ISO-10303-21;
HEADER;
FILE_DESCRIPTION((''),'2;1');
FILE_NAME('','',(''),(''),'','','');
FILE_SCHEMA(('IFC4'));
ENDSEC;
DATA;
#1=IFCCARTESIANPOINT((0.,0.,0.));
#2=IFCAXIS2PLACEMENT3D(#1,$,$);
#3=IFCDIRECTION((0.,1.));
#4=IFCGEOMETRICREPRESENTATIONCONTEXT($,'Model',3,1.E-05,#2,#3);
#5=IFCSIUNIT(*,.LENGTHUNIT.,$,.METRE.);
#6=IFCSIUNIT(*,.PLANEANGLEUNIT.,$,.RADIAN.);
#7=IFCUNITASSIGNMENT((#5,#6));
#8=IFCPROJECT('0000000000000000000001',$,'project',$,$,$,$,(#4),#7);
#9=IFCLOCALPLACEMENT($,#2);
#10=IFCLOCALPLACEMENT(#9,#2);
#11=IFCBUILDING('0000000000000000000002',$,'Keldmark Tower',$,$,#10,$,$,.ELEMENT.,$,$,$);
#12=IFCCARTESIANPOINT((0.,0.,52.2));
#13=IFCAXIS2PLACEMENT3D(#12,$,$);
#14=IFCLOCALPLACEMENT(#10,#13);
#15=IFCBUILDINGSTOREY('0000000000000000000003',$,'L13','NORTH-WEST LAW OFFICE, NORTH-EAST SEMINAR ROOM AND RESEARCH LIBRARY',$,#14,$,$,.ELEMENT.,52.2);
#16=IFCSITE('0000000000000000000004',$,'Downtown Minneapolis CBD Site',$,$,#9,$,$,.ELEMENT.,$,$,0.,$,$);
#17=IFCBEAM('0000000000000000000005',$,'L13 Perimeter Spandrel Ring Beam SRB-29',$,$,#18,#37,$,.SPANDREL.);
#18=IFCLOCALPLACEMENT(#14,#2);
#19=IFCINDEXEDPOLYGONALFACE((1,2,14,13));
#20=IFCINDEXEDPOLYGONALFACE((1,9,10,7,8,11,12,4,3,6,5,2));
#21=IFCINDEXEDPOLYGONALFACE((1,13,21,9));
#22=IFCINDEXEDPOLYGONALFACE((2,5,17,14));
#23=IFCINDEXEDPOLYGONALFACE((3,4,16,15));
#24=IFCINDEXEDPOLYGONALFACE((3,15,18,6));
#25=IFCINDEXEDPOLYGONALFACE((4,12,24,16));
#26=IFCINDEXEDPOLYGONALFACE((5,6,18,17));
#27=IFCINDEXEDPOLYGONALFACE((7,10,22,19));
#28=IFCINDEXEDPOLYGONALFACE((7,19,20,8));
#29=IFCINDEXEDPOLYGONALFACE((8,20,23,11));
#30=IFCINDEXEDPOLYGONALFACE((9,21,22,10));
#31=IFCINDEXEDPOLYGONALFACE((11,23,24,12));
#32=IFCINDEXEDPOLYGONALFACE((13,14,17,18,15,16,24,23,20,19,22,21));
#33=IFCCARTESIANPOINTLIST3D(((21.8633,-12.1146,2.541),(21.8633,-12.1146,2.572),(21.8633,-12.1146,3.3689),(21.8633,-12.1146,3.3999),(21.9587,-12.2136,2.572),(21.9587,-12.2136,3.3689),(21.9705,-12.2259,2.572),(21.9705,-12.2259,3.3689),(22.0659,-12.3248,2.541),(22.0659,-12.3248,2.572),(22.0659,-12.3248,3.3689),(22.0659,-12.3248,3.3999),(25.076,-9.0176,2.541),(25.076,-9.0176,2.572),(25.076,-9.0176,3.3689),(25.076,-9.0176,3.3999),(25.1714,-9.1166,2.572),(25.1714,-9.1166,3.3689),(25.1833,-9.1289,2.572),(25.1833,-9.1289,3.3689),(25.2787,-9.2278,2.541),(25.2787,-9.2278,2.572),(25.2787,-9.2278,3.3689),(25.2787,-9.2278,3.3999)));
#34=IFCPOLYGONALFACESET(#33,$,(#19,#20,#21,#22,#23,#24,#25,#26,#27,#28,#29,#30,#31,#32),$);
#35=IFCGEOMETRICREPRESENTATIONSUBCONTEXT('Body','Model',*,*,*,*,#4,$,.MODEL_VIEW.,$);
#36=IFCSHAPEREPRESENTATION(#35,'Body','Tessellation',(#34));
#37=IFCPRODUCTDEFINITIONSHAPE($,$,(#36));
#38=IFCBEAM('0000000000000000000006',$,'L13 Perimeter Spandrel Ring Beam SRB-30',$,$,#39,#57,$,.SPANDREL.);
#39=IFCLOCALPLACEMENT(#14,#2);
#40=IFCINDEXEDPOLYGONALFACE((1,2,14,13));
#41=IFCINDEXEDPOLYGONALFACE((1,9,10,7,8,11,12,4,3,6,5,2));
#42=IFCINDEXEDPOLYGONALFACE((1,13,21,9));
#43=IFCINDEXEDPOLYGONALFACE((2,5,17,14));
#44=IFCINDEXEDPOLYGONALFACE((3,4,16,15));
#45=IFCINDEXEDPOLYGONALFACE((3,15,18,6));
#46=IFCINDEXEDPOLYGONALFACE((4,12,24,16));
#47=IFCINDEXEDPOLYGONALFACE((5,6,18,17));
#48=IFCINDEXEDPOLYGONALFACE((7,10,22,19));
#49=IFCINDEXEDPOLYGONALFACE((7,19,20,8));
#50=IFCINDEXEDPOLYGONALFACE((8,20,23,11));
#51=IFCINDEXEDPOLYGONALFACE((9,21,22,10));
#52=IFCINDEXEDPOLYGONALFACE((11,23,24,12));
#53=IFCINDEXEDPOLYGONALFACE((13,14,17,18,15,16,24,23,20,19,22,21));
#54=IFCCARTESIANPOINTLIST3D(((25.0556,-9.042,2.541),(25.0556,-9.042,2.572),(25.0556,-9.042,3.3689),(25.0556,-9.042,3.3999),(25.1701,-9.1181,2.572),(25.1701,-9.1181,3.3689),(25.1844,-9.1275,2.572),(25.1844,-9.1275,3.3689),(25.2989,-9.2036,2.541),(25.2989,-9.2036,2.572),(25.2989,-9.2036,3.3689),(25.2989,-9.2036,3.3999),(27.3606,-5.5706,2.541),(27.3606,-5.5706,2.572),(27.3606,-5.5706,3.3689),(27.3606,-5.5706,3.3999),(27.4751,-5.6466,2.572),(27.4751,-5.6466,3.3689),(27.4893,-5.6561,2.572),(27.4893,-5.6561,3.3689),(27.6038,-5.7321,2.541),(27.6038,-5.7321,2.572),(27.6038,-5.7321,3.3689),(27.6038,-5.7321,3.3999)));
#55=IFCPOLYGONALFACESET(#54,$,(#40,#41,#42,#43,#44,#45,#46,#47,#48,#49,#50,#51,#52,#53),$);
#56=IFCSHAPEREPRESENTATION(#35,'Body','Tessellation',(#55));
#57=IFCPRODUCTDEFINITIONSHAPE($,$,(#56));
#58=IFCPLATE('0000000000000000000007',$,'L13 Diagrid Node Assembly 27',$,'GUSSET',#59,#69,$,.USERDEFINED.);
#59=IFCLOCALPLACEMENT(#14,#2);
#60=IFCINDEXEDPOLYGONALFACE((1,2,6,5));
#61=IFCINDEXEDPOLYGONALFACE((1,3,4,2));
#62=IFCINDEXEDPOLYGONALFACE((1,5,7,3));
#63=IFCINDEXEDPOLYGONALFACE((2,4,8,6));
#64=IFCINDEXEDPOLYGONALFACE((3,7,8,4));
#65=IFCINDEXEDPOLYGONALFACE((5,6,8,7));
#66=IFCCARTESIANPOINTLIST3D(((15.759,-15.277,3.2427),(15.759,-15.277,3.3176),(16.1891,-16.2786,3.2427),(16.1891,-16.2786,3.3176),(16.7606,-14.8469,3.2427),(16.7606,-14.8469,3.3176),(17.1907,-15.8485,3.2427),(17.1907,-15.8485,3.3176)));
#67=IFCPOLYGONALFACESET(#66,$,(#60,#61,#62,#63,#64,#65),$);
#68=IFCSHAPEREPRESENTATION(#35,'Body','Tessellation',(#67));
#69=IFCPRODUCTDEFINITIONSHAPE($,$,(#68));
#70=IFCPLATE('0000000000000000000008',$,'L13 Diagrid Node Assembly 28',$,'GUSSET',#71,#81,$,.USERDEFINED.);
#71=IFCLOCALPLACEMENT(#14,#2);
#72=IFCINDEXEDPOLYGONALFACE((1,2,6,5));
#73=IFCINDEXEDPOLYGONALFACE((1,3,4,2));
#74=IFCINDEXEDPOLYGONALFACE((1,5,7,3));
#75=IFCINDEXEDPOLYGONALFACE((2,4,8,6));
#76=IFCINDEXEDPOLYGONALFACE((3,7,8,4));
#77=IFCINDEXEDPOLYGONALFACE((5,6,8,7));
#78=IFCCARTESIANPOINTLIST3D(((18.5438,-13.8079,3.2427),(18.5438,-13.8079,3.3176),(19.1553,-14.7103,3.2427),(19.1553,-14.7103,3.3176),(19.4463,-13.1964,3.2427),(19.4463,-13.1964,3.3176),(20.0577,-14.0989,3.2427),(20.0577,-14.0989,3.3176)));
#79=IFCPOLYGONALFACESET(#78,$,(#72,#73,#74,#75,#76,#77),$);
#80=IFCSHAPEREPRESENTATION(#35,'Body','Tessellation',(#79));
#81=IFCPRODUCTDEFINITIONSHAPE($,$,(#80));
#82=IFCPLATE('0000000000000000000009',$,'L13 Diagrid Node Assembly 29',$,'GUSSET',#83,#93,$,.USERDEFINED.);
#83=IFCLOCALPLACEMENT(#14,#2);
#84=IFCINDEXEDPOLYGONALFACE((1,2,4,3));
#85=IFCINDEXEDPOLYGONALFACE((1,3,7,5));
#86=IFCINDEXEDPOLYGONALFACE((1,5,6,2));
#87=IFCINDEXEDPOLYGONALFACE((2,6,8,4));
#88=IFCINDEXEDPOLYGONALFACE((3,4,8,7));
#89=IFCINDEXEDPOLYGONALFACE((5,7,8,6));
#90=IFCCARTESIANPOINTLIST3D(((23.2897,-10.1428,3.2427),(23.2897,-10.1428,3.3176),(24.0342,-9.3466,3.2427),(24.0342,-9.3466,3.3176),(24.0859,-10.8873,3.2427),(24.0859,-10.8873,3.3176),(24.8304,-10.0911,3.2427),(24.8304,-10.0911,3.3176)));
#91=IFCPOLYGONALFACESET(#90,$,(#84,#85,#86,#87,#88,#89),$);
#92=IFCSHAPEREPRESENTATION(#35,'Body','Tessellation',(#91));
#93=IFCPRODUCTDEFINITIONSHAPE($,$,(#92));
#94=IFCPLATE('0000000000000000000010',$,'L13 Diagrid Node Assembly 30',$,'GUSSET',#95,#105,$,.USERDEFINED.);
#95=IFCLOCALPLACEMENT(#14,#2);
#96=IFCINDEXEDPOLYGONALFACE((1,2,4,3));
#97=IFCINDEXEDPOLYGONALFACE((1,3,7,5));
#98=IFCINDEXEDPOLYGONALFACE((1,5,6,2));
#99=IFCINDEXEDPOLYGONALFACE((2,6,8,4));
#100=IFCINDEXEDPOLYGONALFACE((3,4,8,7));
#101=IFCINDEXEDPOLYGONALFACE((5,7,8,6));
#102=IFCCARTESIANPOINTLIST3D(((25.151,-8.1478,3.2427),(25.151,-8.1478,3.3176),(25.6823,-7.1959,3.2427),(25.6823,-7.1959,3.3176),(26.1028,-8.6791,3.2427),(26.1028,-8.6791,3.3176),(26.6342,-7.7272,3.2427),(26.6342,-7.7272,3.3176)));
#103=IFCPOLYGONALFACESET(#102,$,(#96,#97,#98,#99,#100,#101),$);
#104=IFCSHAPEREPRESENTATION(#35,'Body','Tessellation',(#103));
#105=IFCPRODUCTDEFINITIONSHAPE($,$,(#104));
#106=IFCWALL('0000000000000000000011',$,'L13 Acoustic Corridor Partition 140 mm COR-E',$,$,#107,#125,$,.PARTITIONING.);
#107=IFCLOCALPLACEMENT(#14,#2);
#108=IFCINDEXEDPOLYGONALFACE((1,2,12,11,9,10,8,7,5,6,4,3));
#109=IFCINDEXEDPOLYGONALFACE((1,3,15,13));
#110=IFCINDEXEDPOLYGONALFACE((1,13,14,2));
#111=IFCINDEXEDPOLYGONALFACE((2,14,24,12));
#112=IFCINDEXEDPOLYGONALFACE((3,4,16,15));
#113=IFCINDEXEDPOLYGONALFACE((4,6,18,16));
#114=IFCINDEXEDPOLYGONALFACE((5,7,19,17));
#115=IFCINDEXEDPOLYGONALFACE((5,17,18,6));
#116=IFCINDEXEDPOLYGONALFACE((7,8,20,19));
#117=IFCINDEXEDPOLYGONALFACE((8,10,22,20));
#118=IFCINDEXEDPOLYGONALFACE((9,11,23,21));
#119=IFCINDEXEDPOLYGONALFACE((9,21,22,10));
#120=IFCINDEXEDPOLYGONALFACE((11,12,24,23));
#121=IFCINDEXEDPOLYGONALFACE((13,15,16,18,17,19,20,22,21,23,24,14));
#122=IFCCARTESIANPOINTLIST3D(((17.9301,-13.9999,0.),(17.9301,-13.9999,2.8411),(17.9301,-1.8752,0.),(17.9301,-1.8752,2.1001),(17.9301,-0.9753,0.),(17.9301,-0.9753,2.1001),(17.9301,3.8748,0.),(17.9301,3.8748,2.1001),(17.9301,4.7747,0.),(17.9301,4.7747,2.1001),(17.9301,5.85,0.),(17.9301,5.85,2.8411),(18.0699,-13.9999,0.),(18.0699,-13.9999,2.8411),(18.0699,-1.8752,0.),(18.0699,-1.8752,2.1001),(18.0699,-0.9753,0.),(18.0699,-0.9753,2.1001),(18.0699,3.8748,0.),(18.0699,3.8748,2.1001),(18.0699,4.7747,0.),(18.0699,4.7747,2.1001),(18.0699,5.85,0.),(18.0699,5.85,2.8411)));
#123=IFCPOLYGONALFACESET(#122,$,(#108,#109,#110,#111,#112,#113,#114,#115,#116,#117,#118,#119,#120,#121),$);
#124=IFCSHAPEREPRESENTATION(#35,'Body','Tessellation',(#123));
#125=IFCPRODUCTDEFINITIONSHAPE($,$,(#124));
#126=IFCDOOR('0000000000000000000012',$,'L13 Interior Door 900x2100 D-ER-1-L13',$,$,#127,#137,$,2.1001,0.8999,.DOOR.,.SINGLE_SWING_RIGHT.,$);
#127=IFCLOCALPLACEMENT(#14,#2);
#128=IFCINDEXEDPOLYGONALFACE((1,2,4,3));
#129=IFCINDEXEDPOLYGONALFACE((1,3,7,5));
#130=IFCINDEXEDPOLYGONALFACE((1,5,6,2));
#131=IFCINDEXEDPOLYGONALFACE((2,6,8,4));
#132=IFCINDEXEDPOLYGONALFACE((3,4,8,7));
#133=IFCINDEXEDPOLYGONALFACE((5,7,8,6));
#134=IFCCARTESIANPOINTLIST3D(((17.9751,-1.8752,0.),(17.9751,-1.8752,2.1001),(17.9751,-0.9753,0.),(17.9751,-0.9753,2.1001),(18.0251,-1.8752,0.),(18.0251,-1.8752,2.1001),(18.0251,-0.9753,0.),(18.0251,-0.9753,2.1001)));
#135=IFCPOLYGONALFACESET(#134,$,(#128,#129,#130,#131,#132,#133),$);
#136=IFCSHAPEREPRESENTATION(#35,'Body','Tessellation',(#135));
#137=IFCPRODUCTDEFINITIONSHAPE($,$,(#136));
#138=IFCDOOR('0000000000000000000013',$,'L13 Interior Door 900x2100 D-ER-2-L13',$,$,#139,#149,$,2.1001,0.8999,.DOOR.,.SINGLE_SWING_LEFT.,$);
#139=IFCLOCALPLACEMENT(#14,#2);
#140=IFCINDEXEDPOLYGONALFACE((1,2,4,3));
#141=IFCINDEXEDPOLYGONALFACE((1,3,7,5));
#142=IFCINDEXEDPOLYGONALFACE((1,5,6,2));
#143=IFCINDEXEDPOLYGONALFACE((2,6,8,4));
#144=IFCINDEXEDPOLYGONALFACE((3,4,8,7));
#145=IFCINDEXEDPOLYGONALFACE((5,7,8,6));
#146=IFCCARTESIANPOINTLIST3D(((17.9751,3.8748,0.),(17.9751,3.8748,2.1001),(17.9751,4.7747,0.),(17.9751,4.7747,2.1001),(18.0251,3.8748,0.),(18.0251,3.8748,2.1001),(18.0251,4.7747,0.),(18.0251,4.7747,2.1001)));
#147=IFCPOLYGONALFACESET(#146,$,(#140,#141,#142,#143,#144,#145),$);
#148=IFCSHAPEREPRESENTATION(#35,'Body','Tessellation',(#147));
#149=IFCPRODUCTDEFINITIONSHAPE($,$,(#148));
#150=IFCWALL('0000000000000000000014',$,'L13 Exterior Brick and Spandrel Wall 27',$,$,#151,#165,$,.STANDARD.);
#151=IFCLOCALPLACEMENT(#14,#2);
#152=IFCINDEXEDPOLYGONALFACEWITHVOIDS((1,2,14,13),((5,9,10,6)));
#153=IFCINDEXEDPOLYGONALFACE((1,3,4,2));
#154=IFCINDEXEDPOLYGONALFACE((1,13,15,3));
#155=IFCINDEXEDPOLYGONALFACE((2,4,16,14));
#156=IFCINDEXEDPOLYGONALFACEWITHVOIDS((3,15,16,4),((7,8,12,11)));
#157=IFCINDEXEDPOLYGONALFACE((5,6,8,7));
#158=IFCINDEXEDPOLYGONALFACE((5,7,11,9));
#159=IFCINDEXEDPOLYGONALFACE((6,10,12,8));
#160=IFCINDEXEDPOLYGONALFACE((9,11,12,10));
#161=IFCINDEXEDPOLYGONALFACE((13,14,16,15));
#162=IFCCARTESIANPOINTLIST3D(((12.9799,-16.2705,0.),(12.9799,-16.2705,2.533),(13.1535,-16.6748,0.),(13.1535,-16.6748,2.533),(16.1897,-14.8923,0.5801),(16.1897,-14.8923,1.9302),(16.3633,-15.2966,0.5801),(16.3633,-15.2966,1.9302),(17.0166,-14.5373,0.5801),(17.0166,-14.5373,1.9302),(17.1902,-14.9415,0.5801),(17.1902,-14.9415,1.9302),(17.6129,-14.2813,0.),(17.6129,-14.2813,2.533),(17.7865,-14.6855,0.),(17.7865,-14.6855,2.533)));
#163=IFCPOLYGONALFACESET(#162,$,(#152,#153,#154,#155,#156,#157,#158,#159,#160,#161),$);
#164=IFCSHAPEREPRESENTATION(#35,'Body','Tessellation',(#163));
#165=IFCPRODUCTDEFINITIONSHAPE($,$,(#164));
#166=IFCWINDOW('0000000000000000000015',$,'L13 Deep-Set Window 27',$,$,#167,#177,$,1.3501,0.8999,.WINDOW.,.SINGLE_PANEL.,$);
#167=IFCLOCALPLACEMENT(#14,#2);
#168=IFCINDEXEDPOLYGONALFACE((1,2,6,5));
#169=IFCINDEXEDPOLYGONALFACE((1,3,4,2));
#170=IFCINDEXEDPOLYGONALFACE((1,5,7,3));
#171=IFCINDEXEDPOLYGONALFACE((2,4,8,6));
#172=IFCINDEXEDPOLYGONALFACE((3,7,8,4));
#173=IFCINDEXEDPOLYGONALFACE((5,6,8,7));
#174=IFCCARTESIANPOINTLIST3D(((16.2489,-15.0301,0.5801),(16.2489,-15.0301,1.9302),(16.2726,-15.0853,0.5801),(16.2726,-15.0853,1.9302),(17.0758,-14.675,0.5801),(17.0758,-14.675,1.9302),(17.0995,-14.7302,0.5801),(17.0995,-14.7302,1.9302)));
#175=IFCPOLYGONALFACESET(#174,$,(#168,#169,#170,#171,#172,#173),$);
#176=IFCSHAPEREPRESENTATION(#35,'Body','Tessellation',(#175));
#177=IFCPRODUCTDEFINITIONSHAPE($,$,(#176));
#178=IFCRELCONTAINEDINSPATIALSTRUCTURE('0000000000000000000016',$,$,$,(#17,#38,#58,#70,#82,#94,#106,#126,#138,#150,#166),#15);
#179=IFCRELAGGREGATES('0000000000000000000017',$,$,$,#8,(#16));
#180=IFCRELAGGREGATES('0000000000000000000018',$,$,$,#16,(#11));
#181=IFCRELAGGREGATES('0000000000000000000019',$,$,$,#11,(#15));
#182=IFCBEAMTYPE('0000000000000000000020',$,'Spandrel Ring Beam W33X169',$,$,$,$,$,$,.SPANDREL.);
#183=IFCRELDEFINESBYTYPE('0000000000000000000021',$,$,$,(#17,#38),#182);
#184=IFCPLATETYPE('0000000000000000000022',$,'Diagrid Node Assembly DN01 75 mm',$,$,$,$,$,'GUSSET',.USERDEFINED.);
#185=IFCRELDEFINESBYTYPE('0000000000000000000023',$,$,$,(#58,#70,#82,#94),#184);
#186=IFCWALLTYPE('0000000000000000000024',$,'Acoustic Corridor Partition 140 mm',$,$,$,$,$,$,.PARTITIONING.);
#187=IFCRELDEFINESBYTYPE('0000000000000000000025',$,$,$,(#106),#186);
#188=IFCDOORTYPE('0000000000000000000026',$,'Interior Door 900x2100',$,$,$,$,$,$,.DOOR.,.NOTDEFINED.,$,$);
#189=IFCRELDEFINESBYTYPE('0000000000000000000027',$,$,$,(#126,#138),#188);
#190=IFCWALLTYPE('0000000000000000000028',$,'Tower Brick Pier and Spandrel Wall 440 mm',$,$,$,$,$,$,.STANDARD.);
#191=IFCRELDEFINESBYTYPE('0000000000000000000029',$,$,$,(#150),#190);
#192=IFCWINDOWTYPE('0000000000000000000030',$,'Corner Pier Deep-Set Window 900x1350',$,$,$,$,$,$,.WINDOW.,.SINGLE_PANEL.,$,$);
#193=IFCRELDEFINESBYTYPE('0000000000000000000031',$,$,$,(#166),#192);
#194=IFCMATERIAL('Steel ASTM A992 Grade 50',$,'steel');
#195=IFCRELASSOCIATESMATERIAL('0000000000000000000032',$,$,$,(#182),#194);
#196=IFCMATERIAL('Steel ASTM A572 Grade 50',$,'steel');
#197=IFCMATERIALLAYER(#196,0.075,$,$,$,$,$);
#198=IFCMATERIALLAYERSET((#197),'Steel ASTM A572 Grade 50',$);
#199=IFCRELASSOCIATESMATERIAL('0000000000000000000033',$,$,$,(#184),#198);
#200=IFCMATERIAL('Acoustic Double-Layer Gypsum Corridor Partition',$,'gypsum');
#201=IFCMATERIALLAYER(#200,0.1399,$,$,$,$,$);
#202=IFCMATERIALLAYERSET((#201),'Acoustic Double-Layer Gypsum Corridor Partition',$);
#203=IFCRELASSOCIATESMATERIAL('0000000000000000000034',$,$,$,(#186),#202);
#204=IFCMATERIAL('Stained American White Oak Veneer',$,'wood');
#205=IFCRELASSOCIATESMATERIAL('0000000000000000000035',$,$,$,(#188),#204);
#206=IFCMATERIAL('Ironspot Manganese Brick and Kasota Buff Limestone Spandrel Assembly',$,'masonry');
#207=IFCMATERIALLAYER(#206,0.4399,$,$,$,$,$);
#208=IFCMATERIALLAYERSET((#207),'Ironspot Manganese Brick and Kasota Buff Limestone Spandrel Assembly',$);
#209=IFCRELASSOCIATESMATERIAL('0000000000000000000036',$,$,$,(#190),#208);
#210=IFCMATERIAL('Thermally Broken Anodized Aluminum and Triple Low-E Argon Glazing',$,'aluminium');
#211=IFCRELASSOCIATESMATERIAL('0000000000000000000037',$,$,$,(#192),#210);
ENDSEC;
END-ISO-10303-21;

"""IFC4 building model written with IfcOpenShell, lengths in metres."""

from ifc_helpers import new_model, si_unit, direction, frame, frame_2d, origin, origin_2d, place, context, subcontext, project, spatial, rectangle, i_section, extrude, material, layer, layer_set, material_profile, profile_set, type_object, element, fill, save


model = new_model("IFC4")

# Units and contexts
model_context = context("Model", 3, precision=1e-05, world=origin(), true_north=direction((0.0, 1.0)))
body_context = subcontext(model_context, "Body", "Model", "MODEL_VIEW")
ifc_project = project(units=[si_unit("LENGTHUNIT", "METRE"), si_unit("PLANEANGLEUNIT", "RADIAN")], contexts=[model_context])

# Site, building, storey
site_placement = place(None, origin())
site = spatial("IfcSite", under=ifc_project, at=site_placement, Name="Downtown Minneapolis CBD Site", CompositionType="ELEMENT", RefElevation=0.0)
building_placement = place(site_placement, origin())
building = spatial("IfcBuilding", under=site, at=building_placement, Name="Keldmark Tower", CompositionType="ELEMENT")
storey_placement = place(building_placement, frame((0.0, 0.0, 52.2)))
storey = spatial("IfcBuildingStorey", under=building, at=storey_placement, Name="L13", Description="NORTH-WEST LAW OFFICE, NORTH-EAST SEMINAR ROOM AND RESEARCH LIBRARY", CompositionType="ELEMENT", Elevation=52.2)

# Beams
ifc_material_1 = material(Name="Steel ASTM A992 Grade 50", Category="steel")
ifc_material_profile_1 = material_profile(ifc_material_1, i_section(OverallWidth=0.292, OverallDepth=0.8589, WebThickness=0.0171, FlangeThickness=0.031, at=origin_2d()), Name="W33X169")
ifc_profile_set_1 = profile_set([ifc_material_profile_1], Name="Steel ASTM A992 Grade 50")
beam_type_1 = type_object("IfcBeamType", Name="Spandrel Ring Beam W33X169", PredefinedType="SPANDREL", material=ifc_profile_set_1)
beam_1_placement = place(storey_placement, frame((21.9646, -12.2197, 2.9705), z_axis=(0.719955, 0.694021, 0.0), x_axis=(-0.694021, 0.719955, 0.0)))
element("IfcBeam", 1, at=beam_1_placement, inside=storey, type_object=beam_type_1, Name="L13 Perimeter Spandrel Ring Beam SRB-29", PredefinedType="SPANDREL", context=body_context, shape_type="SweptSolid", body=[
    extrude(i_section(OverallWidth=0.292, OverallDepth=0.8589, WebThickness=0.0171, FlangeThickness=0.031, at=origin_2d()), origin(), (0.0, 0.0, 1.0), 4.4624),
])
beam_2_placement = place(storey_placement, frame((25.1772, -9.1228, 2.9705), z_axis=(0.553144, 0.833085, 0.0), x_axis=(-0.833085, 0.553144, 0.0)))
element("IfcBeam", 2, at=beam_2_placement, inside=storey, type_object=beam_type_1, Name="L13 Perimeter Spandrel Ring Beam SRB-30", PredefinedType="SPANDREL", context=body_context, shape_type="SweptSolid", body=[
    extrude(i_section(OverallWidth=0.292, OverallDepth=0.8589, WebThickness=0.0171, FlangeThickness=0.031, at=origin_2d()), origin(), (0.0, 0.0, 1.0), 4.167),
])

# Plates
ifc_material_2 = material(Name="Steel ASTM A572 Grade 50", Category="steel")
ifc_layer_1 = layer(ifc_material_2, 0.075)
ifc_layer_set_1 = layer_set([ifc_layer_1], Name="Steel ASTM A572 Grade 50")
plate_type = type_object("IfcPlateType", Name="Diagrid Node Assembly DN01 75 mm", ElementType="GUSSET", PredefinedType="USERDEFINED", material=ifc_layer_set_1)
for number, where, z_axis, x_axis, name in (
    (3, (16.4749, -15.5627, 3.2427), (0.0, 0.0, 1.0), (0.91886, 0.394583, 0.0), "L13 Diagrid Node Assembly 27"),
    (4, (19.3008, -13.9534, 3.2427), (0.0, 0.0, 1.0), (0.827865, 0.560928, 0.0), "L13 Diagrid Node Assembly 28"),
    (5, (24.0601, -10.1169, 3.2427), (0.0, 0.0, 1.0), (0.683019, 0.730401, 0.0), "L13 Diagrid Node Assembly 29"),
    (6, (25.8926, -7.9375, 3.2427), (0.0, 0.0, 1.0), (0.487403, 0.873177, 0.0), "L13 Diagrid Node Assembly 30"),
):
    element("IfcPlate", number, at=place(storey_placement, frame(where, z_axis=z_axis, x_axis=x_axis)), inside=storey, type_object=plate_type, Name=name, ObjectType="GUSSET", PredefinedType="USERDEFINED", context=body_context, shape_type="SweptSolid", body=[
        extrude(rectangle(XDim=1.0901, YDim=1.0901, at=origin_2d()), origin(), (0.0, 0.0, 1.0), 0.075),
    ])

# Wall, openings, doors
ifc_material_3 = material(Name="Acoustic Double-Layer Gypsum Corridor Partition", Category="gypsum")
ifc_layer_2 = layer(ifc_material_3, 0.1399)
ifc_layer_set_2 = layer_set([ifc_layer_2], Name="Acoustic Double-Layer Gypsum Corridor Partition")
wall_type_1 = type_object("IfcWallType", Name="Acoustic Corridor Partition 140 mm", PredefinedType="PARTITIONING", material=ifc_layer_set_2)
wall_1_placement = place(storey_placement, frame((18.0, -13.9998, 0.0), z_axis=(0.0, 0.0, 1.0), x_axis=(0.0, 1.0, 0.0)))
wall_1 = element("IfcWall", 7, at=wall_1_placement, inside=storey, type_object=wall_type_1, Name="L13 Acoustic Corridor Partition 140 mm COR-E", PredefinedType="PARTITIONING", context=body_context, shape_type="SweptSolid", body=[
    extrude(rectangle(XDim=19.8499, YDim=0.1399, at=frame_2d((9.9248, 0.0))), origin(), (0.0, 0.0, 1.0), 2.8411),
])
opening_1_placement = place(wall_1_placement, frame((12.1245, 0.0, 0.0)))
opening_1 = element("IfcOpeningElement", 8, at=opening_1_placement, cuts=wall_1, PredefinedType="OPENING", context=body_context, shape_type="SweptSolid", body=[
    extrude(rectangle(XDim=0.8999, YDim=2.1001, at=frame_2d((0.45, 1.05))), frame((0.0, 0.0798, 0.0), z_axis=(0.0, -1.0, 0.0), x_axis=(1.0, 0.0, 0.0)), (0.0, 0.0, 1.0), 0.1599),
])
opening_2_placement = place(wall_1_placement, frame((17.8745, 0.0, 0.0)))
opening_2 = element("IfcOpeningElement", 9, at=opening_2_placement, cuts=wall_1, PredefinedType="OPENING", context=body_context, shape_type="SweptSolid", body=[
    extrude(rectangle(XDim=0.8999, YDim=2.1001, at=frame_2d((0.45, 1.05))), frame((0.0, 0.0798, 0.0), z_axis=(0.0, -1.0, 0.0), x_axis=(1.0, 0.0, 0.0)), (0.0, 0.0, 1.0), 0.1599),
])
ifc_material_4 = material(Name="Stained American White Oak Veneer", Category="wood")
door_type = type_object("IfcDoorType", Name="Interior Door 900x2100", OperationType="NOTDEFINED", PredefinedType="DOOR", material=ifc_material_4)
door_1_placement = place(opening_1_placement, origin())
door_1 = element("IfcDoor", 10, at=door_1_placement, inside=storey, type_object=door_type, Name="L13 Interior Door 900x2100 D-ER-1-L13", OperationType="SINGLE_SWING_RIGHT", OverallHeight=2.1001, OverallWidth=0.8999, PredefinedType="DOOR", context=body_context, shape_type="SweptSolid", body=[
    extrude(rectangle(XDim=0.8999, YDim=2.1001, at=frame_2d((0.45, 1.05))), frame((0.0, 0.0249, 0.0), z_axis=(0.0, -1.0, 0.0), x_axis=(1.0, 0.0, 0.0)), (0.0, 0.0, 1.0), 0.05),
])
fill(opening_1, door_1)
door_2_placement = place(opening_2_placement, origin())
door_2 = element("IfcDoor", 11, at=door_2_placement, inside=storey, type_object=door_type, Name="L13 Interior Door 900x2100 D-ER-2-L13", OperationType="SINGLE_SWING_LEFT", OverallHeight=2.1001, OverallWidth=0.8999, PredefinedType="DOOR", context=body_context, shape_type="SweptSolid", body=[
    extrude(rectangle(XDim=0.8999, YDim=2.1001, at=frame_2d((0.45, 1.05))), frame((0.0, 0.0249, 0.0), z_axis=(0.0, -1.0, 0.0), x_axis=(1.0, 0.0, 0.0)), (0.0, 0.0, 1.0), 0.05),
])
fill(opening_2, door_2)

# Wall, opening, window
ifc_material_5 = material(Name="Ironspot Manganese Brick and Kasota Buff Limestone Spandrel Assembly", Category="masonry")
ifc_layer_3 = layer(ifc_material_5, 0.4399)
ifc_layer_set_3 = layer_set([ifc_layer_3], Name="Ironspot Manganese Brick and Kasota Buff Limestone Spandrel Assembly")
wall_type_2 = type_object("IfcWallType", Name="Tower Brick Pier and Spandrel Wall 440 mm", PredefinedType="STANDARD", material=ifc_layer_set_3)
wall_2_placement = place(storey_placement, frame((17.6997, -14.4834, 0.0), z_axis=(0.0, 0.0, 1.0), x_axis=(-0.918882, -0.394533, 0.0)))
wall_2 = element("IfcWall", 12, at=wall_2_placement, inside=storey, type_object=wall_type_2, Name="L13 Exterior Brick and Spandrel Wall 27", PredefinedType="STANDARD", context=body_context, shape_type="SweptSolid", body=[
    extrude(rectangle(XDim=5.042, YDim=0.4399, at=frame_2d((2.521, 0.0))), origin(), (0.0, 0.0, 1.0), 2.533),
])
opening_3_placement = place(wall_2_placement, frame((0.6489, 0.0, 0.5801)))
opening_3 = element("IfcOpeningElement", 13, at=opening_3_placement, cuts=wall_2, PredefinedType="OPENING", context=body_context, shape_type="SweptSolid", body=[
    extrude(rectangle(XDim=0.8999, YDim=1.3501, at=frame_2d((0.45, 0.675))), frame((0.0, 0.23, 0.0), z_axis=(0.0, -1.0, 0.0), x_axis=(1.0, 0.0, 0.0)), (0.0, 0.0, 1.0), 0.46),
])
ifc_material_6 = material(Name="Thermally Broken Anodized Aluminum and Triple Low-E Argon Glazing", Category="aluminium")
window_type = type_object("IfcWindowType", Name="Corner Pier Deep-Set Window 900x1350", PartitioningType="SINGLE_PANEL", PredefinedType="WINDOW", material=ifc_material_6)
window_1_placement = place(opening_3_placement, origin())
window_1 = element("IfcWindow", 14, at=window_1_placement, inside=storey, type_object=window_type, Name="L13 Deep-Set Window 27", OverallHeight=1.3501, OverallWidth=0.8999, PartitioningType="SINGLE_PANEL", PredefinedType="WINDOW", context=body_context, shape_type="SweptSolid", body=[
    extrude(rectangle(XDim=0.8999, YDim=1.3501, at=frame_2d((0.45, 0.675))), frame((0.0, -0.01, 0.0), z_axis=(0.0, -1.0, 0.0), x_axis=(1.0, 0.0, 0.0)), (0.0, 0.0, 1.0), 0.0601),
])
fill(opening_3, window_1)

save(model, "model.ifc")
